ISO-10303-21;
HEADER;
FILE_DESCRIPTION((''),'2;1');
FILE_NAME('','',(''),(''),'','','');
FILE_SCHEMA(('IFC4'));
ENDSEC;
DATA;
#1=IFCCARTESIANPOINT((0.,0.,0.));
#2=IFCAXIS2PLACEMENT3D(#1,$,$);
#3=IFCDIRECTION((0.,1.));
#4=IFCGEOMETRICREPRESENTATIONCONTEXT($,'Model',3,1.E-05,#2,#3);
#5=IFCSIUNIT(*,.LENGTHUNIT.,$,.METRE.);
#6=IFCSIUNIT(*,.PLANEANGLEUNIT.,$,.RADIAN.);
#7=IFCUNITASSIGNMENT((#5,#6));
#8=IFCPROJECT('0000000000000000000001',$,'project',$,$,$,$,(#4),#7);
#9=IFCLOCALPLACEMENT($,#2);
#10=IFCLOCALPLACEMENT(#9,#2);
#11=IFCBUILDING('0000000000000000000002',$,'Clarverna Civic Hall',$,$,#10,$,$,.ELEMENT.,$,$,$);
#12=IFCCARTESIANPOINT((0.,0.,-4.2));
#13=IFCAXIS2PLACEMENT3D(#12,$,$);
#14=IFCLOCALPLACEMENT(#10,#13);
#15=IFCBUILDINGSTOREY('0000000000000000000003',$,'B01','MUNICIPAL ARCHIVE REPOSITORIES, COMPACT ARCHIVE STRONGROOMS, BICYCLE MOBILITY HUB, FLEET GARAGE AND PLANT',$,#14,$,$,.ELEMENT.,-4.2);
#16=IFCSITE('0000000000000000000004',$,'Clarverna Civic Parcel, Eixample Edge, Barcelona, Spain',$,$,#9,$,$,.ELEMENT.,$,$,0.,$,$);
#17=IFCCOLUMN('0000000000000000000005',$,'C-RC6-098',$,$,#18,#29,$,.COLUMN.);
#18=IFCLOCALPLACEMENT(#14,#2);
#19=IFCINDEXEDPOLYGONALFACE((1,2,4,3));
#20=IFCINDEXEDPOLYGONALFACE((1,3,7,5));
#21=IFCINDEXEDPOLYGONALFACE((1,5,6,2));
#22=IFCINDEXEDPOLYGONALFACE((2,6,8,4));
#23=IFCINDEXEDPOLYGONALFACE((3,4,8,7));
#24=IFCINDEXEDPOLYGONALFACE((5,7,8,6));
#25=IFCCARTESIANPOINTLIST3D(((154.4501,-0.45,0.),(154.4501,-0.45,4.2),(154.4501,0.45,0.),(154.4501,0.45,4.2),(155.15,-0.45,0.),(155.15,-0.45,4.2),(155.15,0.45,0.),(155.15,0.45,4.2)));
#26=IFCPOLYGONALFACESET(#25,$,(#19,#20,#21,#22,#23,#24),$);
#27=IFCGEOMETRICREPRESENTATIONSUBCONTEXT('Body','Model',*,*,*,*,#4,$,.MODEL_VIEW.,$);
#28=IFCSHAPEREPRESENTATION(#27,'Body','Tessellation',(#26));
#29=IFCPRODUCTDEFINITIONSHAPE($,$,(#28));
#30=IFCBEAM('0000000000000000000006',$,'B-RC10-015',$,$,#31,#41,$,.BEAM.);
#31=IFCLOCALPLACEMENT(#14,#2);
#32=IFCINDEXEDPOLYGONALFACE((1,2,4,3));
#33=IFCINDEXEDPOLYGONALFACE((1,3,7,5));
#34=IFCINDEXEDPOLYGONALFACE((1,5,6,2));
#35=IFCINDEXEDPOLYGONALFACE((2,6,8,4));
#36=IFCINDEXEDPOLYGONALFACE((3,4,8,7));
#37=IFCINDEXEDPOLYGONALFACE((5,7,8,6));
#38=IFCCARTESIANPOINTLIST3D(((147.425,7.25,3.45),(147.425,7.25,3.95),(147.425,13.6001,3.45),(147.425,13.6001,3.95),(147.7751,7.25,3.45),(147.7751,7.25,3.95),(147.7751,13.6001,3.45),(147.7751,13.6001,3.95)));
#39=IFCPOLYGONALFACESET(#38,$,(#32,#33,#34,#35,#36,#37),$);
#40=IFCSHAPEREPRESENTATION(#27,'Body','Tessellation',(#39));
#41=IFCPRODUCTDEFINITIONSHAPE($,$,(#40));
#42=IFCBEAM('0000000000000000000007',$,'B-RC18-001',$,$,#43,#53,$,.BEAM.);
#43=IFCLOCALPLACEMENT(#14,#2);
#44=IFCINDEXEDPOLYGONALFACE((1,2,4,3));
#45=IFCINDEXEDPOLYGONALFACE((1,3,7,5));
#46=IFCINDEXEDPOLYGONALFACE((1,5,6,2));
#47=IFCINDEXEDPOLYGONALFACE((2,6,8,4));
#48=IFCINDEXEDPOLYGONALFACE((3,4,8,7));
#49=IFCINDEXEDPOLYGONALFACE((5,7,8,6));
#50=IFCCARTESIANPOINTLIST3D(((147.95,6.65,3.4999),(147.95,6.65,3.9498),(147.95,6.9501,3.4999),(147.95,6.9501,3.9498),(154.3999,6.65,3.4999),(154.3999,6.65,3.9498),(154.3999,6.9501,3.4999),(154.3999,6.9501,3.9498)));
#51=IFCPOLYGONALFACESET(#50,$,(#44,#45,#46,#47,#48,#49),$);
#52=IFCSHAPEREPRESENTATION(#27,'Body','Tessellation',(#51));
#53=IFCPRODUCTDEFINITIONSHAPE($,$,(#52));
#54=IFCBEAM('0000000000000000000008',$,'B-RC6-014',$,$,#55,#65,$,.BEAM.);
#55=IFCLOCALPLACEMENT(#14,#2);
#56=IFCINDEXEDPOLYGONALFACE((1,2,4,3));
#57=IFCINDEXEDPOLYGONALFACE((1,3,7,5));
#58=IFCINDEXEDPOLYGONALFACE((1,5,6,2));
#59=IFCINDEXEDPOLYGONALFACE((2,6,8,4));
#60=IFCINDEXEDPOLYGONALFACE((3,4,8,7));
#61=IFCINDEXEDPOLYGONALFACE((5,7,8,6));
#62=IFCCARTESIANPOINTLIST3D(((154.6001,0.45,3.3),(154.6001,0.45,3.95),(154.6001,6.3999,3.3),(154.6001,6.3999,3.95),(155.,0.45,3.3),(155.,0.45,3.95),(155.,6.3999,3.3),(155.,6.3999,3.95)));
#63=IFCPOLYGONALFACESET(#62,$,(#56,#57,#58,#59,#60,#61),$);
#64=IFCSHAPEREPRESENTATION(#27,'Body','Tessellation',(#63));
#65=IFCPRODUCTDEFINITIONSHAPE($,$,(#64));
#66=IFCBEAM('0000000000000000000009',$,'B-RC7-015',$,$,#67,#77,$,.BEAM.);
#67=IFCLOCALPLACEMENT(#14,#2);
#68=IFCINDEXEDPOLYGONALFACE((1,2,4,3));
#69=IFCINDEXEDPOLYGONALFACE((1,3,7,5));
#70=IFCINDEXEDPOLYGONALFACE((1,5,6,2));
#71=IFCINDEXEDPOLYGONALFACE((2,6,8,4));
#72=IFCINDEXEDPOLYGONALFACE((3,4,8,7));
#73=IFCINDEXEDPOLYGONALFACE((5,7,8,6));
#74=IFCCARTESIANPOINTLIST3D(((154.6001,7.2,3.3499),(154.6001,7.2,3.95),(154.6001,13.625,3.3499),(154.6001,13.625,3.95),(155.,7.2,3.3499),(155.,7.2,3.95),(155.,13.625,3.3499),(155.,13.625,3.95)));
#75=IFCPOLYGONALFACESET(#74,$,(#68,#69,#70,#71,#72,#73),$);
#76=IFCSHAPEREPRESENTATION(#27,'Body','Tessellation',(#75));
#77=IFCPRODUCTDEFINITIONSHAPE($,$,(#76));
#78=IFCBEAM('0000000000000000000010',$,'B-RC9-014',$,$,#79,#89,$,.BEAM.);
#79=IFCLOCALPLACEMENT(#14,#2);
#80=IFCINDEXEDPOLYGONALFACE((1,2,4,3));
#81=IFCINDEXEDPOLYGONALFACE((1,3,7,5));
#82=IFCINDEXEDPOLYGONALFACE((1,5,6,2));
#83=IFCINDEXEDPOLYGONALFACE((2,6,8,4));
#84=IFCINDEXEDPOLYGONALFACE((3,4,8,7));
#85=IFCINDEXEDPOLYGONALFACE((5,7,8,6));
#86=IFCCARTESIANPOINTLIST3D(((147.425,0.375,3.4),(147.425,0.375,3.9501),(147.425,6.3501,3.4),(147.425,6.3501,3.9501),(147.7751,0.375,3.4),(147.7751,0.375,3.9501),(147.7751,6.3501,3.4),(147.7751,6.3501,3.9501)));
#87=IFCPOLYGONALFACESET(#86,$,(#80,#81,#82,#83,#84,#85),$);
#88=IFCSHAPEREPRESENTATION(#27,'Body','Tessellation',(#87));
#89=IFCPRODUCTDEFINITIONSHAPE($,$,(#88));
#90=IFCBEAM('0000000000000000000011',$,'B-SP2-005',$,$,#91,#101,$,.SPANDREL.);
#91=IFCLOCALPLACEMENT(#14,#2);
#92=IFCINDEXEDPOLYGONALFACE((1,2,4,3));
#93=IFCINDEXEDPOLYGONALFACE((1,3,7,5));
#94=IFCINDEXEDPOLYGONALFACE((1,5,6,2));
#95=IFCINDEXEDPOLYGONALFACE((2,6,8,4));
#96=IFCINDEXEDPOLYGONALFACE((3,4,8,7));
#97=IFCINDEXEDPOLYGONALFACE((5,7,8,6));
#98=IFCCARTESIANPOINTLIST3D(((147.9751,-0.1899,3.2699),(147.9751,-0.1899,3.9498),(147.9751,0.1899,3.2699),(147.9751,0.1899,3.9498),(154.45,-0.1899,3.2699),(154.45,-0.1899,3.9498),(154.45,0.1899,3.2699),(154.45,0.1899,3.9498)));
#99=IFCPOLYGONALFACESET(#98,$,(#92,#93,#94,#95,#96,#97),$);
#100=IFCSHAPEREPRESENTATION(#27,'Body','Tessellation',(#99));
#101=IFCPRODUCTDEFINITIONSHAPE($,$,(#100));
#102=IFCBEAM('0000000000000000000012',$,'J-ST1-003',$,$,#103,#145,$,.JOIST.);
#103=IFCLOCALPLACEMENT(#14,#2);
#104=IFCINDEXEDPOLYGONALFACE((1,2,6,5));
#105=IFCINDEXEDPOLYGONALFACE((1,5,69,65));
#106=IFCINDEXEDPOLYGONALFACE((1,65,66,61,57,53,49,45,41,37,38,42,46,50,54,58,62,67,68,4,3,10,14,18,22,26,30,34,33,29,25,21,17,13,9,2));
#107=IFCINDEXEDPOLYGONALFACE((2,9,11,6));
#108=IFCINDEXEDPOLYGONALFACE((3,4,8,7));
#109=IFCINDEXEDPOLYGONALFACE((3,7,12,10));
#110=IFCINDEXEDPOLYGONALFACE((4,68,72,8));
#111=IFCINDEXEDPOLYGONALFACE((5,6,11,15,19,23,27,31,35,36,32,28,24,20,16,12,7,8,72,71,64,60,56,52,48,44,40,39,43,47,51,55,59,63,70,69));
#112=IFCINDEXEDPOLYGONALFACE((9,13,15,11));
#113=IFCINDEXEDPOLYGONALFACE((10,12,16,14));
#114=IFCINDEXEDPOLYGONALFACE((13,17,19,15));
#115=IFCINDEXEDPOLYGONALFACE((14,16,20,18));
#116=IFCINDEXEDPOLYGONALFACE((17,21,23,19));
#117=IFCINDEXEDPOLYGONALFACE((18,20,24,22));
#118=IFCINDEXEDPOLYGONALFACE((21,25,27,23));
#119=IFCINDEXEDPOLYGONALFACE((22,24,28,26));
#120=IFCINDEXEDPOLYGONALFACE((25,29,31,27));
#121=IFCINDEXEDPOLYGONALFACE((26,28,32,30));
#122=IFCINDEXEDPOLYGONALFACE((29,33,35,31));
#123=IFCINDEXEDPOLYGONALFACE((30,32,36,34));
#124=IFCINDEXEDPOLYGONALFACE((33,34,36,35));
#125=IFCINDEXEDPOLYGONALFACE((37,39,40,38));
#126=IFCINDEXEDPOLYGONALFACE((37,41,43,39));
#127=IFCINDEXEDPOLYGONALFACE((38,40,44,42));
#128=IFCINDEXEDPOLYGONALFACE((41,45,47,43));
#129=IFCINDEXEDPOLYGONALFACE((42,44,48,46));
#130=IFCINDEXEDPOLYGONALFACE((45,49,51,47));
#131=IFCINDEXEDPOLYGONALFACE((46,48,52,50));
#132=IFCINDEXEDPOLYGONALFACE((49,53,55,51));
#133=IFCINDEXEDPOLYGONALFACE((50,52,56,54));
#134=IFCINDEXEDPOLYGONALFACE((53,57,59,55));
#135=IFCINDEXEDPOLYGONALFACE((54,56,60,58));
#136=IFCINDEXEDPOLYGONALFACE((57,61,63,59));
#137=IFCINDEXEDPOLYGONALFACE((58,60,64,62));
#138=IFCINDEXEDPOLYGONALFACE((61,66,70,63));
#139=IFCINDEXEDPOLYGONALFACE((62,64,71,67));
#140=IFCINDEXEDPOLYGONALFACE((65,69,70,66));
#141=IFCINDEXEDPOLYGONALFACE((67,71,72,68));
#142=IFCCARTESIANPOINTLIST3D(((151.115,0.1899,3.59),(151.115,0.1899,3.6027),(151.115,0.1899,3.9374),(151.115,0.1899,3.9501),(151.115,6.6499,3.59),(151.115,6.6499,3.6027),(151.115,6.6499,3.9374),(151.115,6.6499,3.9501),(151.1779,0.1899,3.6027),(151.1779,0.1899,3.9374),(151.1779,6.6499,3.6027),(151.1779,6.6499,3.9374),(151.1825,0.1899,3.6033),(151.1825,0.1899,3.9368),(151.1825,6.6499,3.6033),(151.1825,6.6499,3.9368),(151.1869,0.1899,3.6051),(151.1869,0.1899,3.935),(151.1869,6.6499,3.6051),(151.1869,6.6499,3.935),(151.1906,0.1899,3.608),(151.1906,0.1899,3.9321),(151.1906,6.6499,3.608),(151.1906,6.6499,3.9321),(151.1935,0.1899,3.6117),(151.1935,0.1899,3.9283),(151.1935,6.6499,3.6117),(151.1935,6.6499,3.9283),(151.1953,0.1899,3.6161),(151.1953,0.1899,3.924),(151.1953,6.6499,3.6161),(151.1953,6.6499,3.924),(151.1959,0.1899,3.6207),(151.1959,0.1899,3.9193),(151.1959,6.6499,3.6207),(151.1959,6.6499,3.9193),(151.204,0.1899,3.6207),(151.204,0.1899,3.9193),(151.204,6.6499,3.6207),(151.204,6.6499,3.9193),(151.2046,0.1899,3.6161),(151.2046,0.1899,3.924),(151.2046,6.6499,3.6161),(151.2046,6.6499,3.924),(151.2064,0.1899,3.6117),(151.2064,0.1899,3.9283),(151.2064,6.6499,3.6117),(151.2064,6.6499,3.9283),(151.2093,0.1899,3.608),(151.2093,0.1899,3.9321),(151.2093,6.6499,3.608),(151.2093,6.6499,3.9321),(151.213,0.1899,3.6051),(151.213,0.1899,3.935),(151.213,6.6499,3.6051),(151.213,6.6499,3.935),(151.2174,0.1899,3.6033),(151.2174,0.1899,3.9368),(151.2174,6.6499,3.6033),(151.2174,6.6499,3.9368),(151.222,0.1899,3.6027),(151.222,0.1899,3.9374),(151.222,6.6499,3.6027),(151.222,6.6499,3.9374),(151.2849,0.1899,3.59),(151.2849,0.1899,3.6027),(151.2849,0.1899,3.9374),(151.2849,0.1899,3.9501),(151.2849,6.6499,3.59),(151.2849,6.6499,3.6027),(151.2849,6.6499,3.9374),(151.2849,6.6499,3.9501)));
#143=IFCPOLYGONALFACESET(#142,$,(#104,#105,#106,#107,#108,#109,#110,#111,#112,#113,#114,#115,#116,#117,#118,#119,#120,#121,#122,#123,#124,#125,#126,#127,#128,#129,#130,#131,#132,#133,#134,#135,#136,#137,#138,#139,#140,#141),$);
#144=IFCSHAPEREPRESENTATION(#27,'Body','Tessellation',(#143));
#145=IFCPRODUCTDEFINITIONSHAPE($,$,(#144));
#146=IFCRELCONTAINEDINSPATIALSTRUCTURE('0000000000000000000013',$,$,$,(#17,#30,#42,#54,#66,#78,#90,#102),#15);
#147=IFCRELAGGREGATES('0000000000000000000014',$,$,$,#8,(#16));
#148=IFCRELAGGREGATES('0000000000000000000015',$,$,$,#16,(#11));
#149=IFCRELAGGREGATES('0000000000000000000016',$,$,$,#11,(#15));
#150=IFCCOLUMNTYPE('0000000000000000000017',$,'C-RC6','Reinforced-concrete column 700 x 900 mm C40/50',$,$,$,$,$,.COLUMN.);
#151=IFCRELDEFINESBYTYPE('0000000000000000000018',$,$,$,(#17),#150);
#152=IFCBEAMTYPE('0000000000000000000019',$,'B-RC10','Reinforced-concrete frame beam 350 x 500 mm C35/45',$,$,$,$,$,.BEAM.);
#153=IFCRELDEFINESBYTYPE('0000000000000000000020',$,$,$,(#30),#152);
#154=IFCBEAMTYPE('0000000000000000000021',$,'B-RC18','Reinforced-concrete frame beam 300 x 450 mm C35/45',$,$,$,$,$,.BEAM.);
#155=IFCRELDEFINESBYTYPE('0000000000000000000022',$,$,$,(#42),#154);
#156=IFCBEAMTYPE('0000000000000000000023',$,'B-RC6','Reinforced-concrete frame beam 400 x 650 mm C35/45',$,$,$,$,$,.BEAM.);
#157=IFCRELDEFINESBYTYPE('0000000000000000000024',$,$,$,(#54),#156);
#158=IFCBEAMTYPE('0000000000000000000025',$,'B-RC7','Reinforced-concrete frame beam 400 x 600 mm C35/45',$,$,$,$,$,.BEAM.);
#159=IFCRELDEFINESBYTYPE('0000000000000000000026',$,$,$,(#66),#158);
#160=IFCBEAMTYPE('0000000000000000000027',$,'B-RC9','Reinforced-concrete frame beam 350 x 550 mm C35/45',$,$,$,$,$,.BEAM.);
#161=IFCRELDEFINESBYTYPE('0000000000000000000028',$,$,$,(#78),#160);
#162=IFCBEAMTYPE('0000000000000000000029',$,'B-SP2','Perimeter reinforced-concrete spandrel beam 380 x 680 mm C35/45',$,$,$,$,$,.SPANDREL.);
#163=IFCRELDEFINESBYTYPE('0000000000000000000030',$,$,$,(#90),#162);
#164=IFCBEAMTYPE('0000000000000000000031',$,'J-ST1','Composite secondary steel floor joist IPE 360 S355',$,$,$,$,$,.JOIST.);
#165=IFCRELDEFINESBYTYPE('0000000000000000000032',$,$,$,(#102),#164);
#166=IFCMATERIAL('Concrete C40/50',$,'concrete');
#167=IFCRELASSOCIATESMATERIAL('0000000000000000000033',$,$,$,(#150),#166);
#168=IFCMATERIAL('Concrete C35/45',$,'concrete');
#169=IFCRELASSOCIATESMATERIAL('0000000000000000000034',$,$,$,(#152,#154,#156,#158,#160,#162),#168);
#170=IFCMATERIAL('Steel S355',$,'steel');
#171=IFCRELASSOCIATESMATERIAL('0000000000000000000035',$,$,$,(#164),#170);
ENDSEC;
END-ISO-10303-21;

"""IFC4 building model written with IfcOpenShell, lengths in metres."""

from ifc_helpers import new_model, si_unit, direction, frame, origin, origin_2d, place, context, subcontext, project, spatial, rectangle, i_section, extrude, material, material_profile, profile_set, type_object, element, save


model = new_model("IFC4")

# Units and contexts
model_context = context("Model", 3, precision=1e-05, world=origin(), true_north=direction((0.0, 1.0)))
body_context = subcontext(model_context, "Body", "Model", "MODEL_VIEW")
ifc_project = project(units=[si_unit("LENGTHUNIT", "METRE"), si_unit("PLANEANGLEUNIT", "RADIAN")], contexts=[model_context])

# Site, building, storey
site_placement = place(None, origin())
site = spatial("IfcSite", under=ifc_project, at=site_placement, Name="Clarverna Civic Parcel, Eixample Edge, Barcelona, Spain", CompositionType="ELEMENT", RefElevation=0.0)
building_placement = place(site_placement, origin())
building = spatial("IfcBuilding", under=site, at=building_placement, Name="Clarverna Civic Hall", CompositionType="ELEMENT")
storey_placement = place(building_placement, frame((0.0, 0.0, -4.2)))
storey = spatial("IfcBuildingStorey", under=building, at=storey_placement, Name="B01", Description="MUNICIPAL ARCHIVE REPOSITORIES, COMPACT ARCHIVE STRONGROOMS, BICYCLE MOBILITY HUB, FLEET GARAGE AND PLANT", CompositionType="ELEMENT", Elevation=-4.2)

# Column
ifc_material_1 = material(Name="Concrete C40/50", Category="concrete")
ifc_material_profile_1 = material_profile(ifc_material_1, rectangle(XDim=0.7, YDim=0.8999, at=origin_2d()), Name="RC 700x900")
ifc_profile_set_1 = profile_set([ifc_material_profile_1], Name="Concrete C40/50")
column_type_1 = type_object("IfcColumnType", Name="C-RC6", Description="Reinforced-concrete column 700 x 900 mm C40/50", PredefinedType="COLUMN", material=ifc_profile_set_1)
for number, where, z_axis, x_axis, name in (
    (1, (154.8, 0.0, 0.0), (0.0, 0.0, 1.0), (1.0, 0.0, 0.0), "C-RC6-098"),
):
    element("IfcColumn", number, at=place(storey_placement, frame(where, z_axis=z_axis, x_axis=x_axis)), inside=storey, type_object=column_type_1, Name=name, PredefinedType="COLUMN", context=body_context, shape_type="SweptSolid", body=[
        extrude(rectangle(XDim=0.7, YDim=0.8999, at=origin_2d()), origin(), (0.0, 0.0, 1.0), 4.2),
    ])

# Beams
ifc_material_2 = material(Name="Concrete C35/45", Category="concrete")
ifc_material_profile_2 = material_profile(ifc_material_2, rectangle(XDim=0.3501, YDim=0.5, at=origin_2d()), Name="RC 350x500")
ifc_profile_set_2 = profile_set([ifc_material_profile_2], Name="Concrete C35/45")
beam_type_1 = type_object("IfcBeamType", Name="B-RC10", Description="Reinforced-concrete frame beam 350 x 500 mm C35/45", PredefinedType="BEAM", material=ifc_profile_set_2)
beam_1_placement = place(storey_placement, frame((147.6001, 7.25, 3.7), z_axis=(0.0, 1.0, 0.0), x_axis=(-1.0, 0.0, 0.0)))
element("IfcBeam", 2, at=beam_1_placement, inside=storey, type_object=beam_type_1, Name="B-RC10-015", PredefinedType="BEAM", context=body_context, shape_type="SweptSolid", body=[
    extrude(rectangle(XDim=0.3501, YDim=0.5, at=origin_2d()), origin(), (0.0, 0.0, 1.0), 6.3501),
])
ifc_material_profile_3 = material_profile(ifc_material_2, rectangle(XDim=0.3, YDim=0.45, at=origin_2d()), Name="RC 300x450")
ifc_profile_set_3 = profile_set([ifc_material_profile_3], Name="Concrete C35/45")
beam_type_2 = type_object("IfcBeamType", Name="B-RC18", Description="Reinforced-concrete frame beam 300 x 450 mm C35/45", PredefinedType="BEAM", material=ifc_profile_set_3)
beam_2_placement = place(storey_placement, frame((147.95, 6.8, 3.7249), z_axis=(1.0, 0.0, 0.0), x_axis=(0.0, 1.0, 0.0)))
element("IfcBeam", 3, at=beam_2_placement, inside=storey, type_object=beam_type_2, Name="B-RC18-001", PredefinedType="BEAM", context=body_context, shape_type="SweptSolid", body=[
    extrude(rectangle(XDim=0.3, YDim=0.45, at=origin_2d()), origin(), (0.0, 0.0, 1.0), 6.45),
])
ifc_material_profile_4 = material_profile(ifc_material_2, rectangle(XDim=0.3999, YDim=0.6499, at=origin_2d()), Name="RC 400x650")
ifc_profile_set_4 = profile_set([ifc_material_profile_4], Name="Concrete C35/45")
beam_type_3 = type_object("IfcBeamType", Name="B-RC6", Description="Reinforced-concrete frame beam 400 x 650 mm C35/45", PredefinedType="BEAM", material=ifc_profile_set_4)
beam_3_placement = place(storey_placement, frame((154.8, 0.45, 3.625), z_axis=(0.0, 1.0, 0.0), x_axis=(-1.0, 0.0, 0.0)))
element("IfcBeam", 4, at=beam_3_placement, inside=storey, type_object=beam_type_3, Name="B-RC6-014", PredefinedType="BEAM", context=body_context, shape_type="SweptSolid", body=[
    extrude(rectangle(XDim=0.3999, YDim=0.6499, at=origin_2d()), origin(), (0.0, 0.0, 1.0), 5.95),
])
ifc_material_profile_5 = material_profile(ifc_material_2, rectangle(XDim=0.3999, YDim=0.6001, at=origin_2d()), Name="RC 400x600")
ifc_profile_set_5 = profile_set([ifc_material_profile_5], Name="Concrete C35/45")
beam_type_4 = type_object("IfcBeamType", Name="B-RC7", Description="Reinforced-concrete frame beam 400 x 600 mm C35/45", PredefinedType="BEAM", material=ifc_profile_set_5)
beam_4_placement = place(storey_placement, frame((154.8, 7.2, 3.6499), z_axis=(0.0, 1.0, 0.0), x_axis=(-1.0, 0.0, 0.0)))
element("IfcBeam", 5, at=beam_4_placement, inside=storey, type_object=beam_type_4, Name="B-RC7-015", PredefinedType="BEAM", context=body_context, shape_type="SweptSolid", body=[
    extrude(rectangle(XDim=0.3999, YDim=0.6001, at=origin_2d()), origin(), (0.0, 0.0, 1.0), 6.425),
])
ifc_material_profile_6 = material_profile(ifc_material_2, rectangle(XDim=0.3501, YDim=0.55, at=origin_2d()), Name="RC 350x550")
ifc_profile_set_6 = profile_set([ifc_material_profile_6], Name="Concrete C35/45")
beam_type_5 = type_object("IfcBeamType", Name="B-RC9", Description="Reinforced-concrete frame beam 350 x 550 mm C35/45", PredefinedType="BEAM", material=ifc_profile_set_6)
beam_5_placement = place(storey_placement, frame((147.6001, 0.375, 3.675), z_axis=(0.0, 1.0, 0.0), x_axis=(-1.0, 0.0, 0.0)))
element("IfcBeam", 6, at=beam_5_placement, inside=storey, type_object=beam_type_5, Name="B-RC9-014", PredefinedType="BEAM", context=body_context, shape_type="SweptSolid", body=[
    extrude(rectangle(XDim=0.3501, YDim=0.55, at=origin_2d()), origin(), (0.0, 0.0, 1.0), 5.9751),
])
ifc_material_profile_7 = material_profile(ifc_material_2, rectangle(XDim=0.3799, YDim=0.6799, at=origin_2d()), Name="RC 380x680")
ifc_profile_set_7 = profile_set([ifc_material_profile_7], Name="Concrete C35/45")
beam_type_6 = type_object("IfcBeamType", Name="B-SP2", Description="Perimeter reinforced-concrete spandrel beam 380 x 680 mm C35/45", PredefinedType="SPANDREL", material=ifc_profile_set_7)
beam_6_placement = place(storey_placement, frame((147.9751, 0.0, 3.6099), z_axis=(1.0, 0.0, 0.0), x_axis=(0.0, 1.0, 0.0)))
element("IfcBeam", 7, at=beam_6_placement, inside=storey, type_object=beam_type_6, Name="B-SP2-005", PredefinedType="SPANDREL", context=body_context, shape_type="SweptSolid", body=[
    extrude(rectangle(XDim=0.3799, YDim=0.6799, at=origin_2d()), origin(), (0.0, 0.0, 1.0), 6.4749),
])
ifc_material_3 = material(Name="Steel S355", Category="steel")
ifc_material_profile_8 = material_profile(ifc_material_3, i_section(OverallWidth=0.1699, OverallDepth=0.3601, WebThickness=0.0081, FlangeThickness=0.0127, FilletRadius=0.0181, at=origin_2d()), Name="IPE 360")
ifc_profile_set_8 = profile_set([ifc_material_profile_8], Name="Steel S355")
beam_type_7 = type_object("IfcBeamType", Name="J-ST1", Description="Composite secondary steel floor joist IPE 360 S355", PredefinedType="JOIST", material=ifc_profile_set_8)
beam_7_placement = place(storey_placement, frame((151.2, 0.1899, 3.77), z_axis=(0.0, 1.0, 0.0), x_axis=(-1.0, 0.0, 0.0)))
element("IfcBeam", 8, at=beam_7_placement, inside=storey, type_object=beam_type_7, Name="J-ST1-003", PredefinedType="JOIST", context=body_context, shape_type="SweptSolid", body=[
    extrude(i_section(OverallWidth=0.1699, OverallDepth=0.3601, WebThickness=0.0081, FlangeThickness=0.0127, FilletRadius=0.0181, at=origin_2d()), origin(), (0.0, 0.0, 1.0), 6.46),
])

save(model, "model.ifc")
